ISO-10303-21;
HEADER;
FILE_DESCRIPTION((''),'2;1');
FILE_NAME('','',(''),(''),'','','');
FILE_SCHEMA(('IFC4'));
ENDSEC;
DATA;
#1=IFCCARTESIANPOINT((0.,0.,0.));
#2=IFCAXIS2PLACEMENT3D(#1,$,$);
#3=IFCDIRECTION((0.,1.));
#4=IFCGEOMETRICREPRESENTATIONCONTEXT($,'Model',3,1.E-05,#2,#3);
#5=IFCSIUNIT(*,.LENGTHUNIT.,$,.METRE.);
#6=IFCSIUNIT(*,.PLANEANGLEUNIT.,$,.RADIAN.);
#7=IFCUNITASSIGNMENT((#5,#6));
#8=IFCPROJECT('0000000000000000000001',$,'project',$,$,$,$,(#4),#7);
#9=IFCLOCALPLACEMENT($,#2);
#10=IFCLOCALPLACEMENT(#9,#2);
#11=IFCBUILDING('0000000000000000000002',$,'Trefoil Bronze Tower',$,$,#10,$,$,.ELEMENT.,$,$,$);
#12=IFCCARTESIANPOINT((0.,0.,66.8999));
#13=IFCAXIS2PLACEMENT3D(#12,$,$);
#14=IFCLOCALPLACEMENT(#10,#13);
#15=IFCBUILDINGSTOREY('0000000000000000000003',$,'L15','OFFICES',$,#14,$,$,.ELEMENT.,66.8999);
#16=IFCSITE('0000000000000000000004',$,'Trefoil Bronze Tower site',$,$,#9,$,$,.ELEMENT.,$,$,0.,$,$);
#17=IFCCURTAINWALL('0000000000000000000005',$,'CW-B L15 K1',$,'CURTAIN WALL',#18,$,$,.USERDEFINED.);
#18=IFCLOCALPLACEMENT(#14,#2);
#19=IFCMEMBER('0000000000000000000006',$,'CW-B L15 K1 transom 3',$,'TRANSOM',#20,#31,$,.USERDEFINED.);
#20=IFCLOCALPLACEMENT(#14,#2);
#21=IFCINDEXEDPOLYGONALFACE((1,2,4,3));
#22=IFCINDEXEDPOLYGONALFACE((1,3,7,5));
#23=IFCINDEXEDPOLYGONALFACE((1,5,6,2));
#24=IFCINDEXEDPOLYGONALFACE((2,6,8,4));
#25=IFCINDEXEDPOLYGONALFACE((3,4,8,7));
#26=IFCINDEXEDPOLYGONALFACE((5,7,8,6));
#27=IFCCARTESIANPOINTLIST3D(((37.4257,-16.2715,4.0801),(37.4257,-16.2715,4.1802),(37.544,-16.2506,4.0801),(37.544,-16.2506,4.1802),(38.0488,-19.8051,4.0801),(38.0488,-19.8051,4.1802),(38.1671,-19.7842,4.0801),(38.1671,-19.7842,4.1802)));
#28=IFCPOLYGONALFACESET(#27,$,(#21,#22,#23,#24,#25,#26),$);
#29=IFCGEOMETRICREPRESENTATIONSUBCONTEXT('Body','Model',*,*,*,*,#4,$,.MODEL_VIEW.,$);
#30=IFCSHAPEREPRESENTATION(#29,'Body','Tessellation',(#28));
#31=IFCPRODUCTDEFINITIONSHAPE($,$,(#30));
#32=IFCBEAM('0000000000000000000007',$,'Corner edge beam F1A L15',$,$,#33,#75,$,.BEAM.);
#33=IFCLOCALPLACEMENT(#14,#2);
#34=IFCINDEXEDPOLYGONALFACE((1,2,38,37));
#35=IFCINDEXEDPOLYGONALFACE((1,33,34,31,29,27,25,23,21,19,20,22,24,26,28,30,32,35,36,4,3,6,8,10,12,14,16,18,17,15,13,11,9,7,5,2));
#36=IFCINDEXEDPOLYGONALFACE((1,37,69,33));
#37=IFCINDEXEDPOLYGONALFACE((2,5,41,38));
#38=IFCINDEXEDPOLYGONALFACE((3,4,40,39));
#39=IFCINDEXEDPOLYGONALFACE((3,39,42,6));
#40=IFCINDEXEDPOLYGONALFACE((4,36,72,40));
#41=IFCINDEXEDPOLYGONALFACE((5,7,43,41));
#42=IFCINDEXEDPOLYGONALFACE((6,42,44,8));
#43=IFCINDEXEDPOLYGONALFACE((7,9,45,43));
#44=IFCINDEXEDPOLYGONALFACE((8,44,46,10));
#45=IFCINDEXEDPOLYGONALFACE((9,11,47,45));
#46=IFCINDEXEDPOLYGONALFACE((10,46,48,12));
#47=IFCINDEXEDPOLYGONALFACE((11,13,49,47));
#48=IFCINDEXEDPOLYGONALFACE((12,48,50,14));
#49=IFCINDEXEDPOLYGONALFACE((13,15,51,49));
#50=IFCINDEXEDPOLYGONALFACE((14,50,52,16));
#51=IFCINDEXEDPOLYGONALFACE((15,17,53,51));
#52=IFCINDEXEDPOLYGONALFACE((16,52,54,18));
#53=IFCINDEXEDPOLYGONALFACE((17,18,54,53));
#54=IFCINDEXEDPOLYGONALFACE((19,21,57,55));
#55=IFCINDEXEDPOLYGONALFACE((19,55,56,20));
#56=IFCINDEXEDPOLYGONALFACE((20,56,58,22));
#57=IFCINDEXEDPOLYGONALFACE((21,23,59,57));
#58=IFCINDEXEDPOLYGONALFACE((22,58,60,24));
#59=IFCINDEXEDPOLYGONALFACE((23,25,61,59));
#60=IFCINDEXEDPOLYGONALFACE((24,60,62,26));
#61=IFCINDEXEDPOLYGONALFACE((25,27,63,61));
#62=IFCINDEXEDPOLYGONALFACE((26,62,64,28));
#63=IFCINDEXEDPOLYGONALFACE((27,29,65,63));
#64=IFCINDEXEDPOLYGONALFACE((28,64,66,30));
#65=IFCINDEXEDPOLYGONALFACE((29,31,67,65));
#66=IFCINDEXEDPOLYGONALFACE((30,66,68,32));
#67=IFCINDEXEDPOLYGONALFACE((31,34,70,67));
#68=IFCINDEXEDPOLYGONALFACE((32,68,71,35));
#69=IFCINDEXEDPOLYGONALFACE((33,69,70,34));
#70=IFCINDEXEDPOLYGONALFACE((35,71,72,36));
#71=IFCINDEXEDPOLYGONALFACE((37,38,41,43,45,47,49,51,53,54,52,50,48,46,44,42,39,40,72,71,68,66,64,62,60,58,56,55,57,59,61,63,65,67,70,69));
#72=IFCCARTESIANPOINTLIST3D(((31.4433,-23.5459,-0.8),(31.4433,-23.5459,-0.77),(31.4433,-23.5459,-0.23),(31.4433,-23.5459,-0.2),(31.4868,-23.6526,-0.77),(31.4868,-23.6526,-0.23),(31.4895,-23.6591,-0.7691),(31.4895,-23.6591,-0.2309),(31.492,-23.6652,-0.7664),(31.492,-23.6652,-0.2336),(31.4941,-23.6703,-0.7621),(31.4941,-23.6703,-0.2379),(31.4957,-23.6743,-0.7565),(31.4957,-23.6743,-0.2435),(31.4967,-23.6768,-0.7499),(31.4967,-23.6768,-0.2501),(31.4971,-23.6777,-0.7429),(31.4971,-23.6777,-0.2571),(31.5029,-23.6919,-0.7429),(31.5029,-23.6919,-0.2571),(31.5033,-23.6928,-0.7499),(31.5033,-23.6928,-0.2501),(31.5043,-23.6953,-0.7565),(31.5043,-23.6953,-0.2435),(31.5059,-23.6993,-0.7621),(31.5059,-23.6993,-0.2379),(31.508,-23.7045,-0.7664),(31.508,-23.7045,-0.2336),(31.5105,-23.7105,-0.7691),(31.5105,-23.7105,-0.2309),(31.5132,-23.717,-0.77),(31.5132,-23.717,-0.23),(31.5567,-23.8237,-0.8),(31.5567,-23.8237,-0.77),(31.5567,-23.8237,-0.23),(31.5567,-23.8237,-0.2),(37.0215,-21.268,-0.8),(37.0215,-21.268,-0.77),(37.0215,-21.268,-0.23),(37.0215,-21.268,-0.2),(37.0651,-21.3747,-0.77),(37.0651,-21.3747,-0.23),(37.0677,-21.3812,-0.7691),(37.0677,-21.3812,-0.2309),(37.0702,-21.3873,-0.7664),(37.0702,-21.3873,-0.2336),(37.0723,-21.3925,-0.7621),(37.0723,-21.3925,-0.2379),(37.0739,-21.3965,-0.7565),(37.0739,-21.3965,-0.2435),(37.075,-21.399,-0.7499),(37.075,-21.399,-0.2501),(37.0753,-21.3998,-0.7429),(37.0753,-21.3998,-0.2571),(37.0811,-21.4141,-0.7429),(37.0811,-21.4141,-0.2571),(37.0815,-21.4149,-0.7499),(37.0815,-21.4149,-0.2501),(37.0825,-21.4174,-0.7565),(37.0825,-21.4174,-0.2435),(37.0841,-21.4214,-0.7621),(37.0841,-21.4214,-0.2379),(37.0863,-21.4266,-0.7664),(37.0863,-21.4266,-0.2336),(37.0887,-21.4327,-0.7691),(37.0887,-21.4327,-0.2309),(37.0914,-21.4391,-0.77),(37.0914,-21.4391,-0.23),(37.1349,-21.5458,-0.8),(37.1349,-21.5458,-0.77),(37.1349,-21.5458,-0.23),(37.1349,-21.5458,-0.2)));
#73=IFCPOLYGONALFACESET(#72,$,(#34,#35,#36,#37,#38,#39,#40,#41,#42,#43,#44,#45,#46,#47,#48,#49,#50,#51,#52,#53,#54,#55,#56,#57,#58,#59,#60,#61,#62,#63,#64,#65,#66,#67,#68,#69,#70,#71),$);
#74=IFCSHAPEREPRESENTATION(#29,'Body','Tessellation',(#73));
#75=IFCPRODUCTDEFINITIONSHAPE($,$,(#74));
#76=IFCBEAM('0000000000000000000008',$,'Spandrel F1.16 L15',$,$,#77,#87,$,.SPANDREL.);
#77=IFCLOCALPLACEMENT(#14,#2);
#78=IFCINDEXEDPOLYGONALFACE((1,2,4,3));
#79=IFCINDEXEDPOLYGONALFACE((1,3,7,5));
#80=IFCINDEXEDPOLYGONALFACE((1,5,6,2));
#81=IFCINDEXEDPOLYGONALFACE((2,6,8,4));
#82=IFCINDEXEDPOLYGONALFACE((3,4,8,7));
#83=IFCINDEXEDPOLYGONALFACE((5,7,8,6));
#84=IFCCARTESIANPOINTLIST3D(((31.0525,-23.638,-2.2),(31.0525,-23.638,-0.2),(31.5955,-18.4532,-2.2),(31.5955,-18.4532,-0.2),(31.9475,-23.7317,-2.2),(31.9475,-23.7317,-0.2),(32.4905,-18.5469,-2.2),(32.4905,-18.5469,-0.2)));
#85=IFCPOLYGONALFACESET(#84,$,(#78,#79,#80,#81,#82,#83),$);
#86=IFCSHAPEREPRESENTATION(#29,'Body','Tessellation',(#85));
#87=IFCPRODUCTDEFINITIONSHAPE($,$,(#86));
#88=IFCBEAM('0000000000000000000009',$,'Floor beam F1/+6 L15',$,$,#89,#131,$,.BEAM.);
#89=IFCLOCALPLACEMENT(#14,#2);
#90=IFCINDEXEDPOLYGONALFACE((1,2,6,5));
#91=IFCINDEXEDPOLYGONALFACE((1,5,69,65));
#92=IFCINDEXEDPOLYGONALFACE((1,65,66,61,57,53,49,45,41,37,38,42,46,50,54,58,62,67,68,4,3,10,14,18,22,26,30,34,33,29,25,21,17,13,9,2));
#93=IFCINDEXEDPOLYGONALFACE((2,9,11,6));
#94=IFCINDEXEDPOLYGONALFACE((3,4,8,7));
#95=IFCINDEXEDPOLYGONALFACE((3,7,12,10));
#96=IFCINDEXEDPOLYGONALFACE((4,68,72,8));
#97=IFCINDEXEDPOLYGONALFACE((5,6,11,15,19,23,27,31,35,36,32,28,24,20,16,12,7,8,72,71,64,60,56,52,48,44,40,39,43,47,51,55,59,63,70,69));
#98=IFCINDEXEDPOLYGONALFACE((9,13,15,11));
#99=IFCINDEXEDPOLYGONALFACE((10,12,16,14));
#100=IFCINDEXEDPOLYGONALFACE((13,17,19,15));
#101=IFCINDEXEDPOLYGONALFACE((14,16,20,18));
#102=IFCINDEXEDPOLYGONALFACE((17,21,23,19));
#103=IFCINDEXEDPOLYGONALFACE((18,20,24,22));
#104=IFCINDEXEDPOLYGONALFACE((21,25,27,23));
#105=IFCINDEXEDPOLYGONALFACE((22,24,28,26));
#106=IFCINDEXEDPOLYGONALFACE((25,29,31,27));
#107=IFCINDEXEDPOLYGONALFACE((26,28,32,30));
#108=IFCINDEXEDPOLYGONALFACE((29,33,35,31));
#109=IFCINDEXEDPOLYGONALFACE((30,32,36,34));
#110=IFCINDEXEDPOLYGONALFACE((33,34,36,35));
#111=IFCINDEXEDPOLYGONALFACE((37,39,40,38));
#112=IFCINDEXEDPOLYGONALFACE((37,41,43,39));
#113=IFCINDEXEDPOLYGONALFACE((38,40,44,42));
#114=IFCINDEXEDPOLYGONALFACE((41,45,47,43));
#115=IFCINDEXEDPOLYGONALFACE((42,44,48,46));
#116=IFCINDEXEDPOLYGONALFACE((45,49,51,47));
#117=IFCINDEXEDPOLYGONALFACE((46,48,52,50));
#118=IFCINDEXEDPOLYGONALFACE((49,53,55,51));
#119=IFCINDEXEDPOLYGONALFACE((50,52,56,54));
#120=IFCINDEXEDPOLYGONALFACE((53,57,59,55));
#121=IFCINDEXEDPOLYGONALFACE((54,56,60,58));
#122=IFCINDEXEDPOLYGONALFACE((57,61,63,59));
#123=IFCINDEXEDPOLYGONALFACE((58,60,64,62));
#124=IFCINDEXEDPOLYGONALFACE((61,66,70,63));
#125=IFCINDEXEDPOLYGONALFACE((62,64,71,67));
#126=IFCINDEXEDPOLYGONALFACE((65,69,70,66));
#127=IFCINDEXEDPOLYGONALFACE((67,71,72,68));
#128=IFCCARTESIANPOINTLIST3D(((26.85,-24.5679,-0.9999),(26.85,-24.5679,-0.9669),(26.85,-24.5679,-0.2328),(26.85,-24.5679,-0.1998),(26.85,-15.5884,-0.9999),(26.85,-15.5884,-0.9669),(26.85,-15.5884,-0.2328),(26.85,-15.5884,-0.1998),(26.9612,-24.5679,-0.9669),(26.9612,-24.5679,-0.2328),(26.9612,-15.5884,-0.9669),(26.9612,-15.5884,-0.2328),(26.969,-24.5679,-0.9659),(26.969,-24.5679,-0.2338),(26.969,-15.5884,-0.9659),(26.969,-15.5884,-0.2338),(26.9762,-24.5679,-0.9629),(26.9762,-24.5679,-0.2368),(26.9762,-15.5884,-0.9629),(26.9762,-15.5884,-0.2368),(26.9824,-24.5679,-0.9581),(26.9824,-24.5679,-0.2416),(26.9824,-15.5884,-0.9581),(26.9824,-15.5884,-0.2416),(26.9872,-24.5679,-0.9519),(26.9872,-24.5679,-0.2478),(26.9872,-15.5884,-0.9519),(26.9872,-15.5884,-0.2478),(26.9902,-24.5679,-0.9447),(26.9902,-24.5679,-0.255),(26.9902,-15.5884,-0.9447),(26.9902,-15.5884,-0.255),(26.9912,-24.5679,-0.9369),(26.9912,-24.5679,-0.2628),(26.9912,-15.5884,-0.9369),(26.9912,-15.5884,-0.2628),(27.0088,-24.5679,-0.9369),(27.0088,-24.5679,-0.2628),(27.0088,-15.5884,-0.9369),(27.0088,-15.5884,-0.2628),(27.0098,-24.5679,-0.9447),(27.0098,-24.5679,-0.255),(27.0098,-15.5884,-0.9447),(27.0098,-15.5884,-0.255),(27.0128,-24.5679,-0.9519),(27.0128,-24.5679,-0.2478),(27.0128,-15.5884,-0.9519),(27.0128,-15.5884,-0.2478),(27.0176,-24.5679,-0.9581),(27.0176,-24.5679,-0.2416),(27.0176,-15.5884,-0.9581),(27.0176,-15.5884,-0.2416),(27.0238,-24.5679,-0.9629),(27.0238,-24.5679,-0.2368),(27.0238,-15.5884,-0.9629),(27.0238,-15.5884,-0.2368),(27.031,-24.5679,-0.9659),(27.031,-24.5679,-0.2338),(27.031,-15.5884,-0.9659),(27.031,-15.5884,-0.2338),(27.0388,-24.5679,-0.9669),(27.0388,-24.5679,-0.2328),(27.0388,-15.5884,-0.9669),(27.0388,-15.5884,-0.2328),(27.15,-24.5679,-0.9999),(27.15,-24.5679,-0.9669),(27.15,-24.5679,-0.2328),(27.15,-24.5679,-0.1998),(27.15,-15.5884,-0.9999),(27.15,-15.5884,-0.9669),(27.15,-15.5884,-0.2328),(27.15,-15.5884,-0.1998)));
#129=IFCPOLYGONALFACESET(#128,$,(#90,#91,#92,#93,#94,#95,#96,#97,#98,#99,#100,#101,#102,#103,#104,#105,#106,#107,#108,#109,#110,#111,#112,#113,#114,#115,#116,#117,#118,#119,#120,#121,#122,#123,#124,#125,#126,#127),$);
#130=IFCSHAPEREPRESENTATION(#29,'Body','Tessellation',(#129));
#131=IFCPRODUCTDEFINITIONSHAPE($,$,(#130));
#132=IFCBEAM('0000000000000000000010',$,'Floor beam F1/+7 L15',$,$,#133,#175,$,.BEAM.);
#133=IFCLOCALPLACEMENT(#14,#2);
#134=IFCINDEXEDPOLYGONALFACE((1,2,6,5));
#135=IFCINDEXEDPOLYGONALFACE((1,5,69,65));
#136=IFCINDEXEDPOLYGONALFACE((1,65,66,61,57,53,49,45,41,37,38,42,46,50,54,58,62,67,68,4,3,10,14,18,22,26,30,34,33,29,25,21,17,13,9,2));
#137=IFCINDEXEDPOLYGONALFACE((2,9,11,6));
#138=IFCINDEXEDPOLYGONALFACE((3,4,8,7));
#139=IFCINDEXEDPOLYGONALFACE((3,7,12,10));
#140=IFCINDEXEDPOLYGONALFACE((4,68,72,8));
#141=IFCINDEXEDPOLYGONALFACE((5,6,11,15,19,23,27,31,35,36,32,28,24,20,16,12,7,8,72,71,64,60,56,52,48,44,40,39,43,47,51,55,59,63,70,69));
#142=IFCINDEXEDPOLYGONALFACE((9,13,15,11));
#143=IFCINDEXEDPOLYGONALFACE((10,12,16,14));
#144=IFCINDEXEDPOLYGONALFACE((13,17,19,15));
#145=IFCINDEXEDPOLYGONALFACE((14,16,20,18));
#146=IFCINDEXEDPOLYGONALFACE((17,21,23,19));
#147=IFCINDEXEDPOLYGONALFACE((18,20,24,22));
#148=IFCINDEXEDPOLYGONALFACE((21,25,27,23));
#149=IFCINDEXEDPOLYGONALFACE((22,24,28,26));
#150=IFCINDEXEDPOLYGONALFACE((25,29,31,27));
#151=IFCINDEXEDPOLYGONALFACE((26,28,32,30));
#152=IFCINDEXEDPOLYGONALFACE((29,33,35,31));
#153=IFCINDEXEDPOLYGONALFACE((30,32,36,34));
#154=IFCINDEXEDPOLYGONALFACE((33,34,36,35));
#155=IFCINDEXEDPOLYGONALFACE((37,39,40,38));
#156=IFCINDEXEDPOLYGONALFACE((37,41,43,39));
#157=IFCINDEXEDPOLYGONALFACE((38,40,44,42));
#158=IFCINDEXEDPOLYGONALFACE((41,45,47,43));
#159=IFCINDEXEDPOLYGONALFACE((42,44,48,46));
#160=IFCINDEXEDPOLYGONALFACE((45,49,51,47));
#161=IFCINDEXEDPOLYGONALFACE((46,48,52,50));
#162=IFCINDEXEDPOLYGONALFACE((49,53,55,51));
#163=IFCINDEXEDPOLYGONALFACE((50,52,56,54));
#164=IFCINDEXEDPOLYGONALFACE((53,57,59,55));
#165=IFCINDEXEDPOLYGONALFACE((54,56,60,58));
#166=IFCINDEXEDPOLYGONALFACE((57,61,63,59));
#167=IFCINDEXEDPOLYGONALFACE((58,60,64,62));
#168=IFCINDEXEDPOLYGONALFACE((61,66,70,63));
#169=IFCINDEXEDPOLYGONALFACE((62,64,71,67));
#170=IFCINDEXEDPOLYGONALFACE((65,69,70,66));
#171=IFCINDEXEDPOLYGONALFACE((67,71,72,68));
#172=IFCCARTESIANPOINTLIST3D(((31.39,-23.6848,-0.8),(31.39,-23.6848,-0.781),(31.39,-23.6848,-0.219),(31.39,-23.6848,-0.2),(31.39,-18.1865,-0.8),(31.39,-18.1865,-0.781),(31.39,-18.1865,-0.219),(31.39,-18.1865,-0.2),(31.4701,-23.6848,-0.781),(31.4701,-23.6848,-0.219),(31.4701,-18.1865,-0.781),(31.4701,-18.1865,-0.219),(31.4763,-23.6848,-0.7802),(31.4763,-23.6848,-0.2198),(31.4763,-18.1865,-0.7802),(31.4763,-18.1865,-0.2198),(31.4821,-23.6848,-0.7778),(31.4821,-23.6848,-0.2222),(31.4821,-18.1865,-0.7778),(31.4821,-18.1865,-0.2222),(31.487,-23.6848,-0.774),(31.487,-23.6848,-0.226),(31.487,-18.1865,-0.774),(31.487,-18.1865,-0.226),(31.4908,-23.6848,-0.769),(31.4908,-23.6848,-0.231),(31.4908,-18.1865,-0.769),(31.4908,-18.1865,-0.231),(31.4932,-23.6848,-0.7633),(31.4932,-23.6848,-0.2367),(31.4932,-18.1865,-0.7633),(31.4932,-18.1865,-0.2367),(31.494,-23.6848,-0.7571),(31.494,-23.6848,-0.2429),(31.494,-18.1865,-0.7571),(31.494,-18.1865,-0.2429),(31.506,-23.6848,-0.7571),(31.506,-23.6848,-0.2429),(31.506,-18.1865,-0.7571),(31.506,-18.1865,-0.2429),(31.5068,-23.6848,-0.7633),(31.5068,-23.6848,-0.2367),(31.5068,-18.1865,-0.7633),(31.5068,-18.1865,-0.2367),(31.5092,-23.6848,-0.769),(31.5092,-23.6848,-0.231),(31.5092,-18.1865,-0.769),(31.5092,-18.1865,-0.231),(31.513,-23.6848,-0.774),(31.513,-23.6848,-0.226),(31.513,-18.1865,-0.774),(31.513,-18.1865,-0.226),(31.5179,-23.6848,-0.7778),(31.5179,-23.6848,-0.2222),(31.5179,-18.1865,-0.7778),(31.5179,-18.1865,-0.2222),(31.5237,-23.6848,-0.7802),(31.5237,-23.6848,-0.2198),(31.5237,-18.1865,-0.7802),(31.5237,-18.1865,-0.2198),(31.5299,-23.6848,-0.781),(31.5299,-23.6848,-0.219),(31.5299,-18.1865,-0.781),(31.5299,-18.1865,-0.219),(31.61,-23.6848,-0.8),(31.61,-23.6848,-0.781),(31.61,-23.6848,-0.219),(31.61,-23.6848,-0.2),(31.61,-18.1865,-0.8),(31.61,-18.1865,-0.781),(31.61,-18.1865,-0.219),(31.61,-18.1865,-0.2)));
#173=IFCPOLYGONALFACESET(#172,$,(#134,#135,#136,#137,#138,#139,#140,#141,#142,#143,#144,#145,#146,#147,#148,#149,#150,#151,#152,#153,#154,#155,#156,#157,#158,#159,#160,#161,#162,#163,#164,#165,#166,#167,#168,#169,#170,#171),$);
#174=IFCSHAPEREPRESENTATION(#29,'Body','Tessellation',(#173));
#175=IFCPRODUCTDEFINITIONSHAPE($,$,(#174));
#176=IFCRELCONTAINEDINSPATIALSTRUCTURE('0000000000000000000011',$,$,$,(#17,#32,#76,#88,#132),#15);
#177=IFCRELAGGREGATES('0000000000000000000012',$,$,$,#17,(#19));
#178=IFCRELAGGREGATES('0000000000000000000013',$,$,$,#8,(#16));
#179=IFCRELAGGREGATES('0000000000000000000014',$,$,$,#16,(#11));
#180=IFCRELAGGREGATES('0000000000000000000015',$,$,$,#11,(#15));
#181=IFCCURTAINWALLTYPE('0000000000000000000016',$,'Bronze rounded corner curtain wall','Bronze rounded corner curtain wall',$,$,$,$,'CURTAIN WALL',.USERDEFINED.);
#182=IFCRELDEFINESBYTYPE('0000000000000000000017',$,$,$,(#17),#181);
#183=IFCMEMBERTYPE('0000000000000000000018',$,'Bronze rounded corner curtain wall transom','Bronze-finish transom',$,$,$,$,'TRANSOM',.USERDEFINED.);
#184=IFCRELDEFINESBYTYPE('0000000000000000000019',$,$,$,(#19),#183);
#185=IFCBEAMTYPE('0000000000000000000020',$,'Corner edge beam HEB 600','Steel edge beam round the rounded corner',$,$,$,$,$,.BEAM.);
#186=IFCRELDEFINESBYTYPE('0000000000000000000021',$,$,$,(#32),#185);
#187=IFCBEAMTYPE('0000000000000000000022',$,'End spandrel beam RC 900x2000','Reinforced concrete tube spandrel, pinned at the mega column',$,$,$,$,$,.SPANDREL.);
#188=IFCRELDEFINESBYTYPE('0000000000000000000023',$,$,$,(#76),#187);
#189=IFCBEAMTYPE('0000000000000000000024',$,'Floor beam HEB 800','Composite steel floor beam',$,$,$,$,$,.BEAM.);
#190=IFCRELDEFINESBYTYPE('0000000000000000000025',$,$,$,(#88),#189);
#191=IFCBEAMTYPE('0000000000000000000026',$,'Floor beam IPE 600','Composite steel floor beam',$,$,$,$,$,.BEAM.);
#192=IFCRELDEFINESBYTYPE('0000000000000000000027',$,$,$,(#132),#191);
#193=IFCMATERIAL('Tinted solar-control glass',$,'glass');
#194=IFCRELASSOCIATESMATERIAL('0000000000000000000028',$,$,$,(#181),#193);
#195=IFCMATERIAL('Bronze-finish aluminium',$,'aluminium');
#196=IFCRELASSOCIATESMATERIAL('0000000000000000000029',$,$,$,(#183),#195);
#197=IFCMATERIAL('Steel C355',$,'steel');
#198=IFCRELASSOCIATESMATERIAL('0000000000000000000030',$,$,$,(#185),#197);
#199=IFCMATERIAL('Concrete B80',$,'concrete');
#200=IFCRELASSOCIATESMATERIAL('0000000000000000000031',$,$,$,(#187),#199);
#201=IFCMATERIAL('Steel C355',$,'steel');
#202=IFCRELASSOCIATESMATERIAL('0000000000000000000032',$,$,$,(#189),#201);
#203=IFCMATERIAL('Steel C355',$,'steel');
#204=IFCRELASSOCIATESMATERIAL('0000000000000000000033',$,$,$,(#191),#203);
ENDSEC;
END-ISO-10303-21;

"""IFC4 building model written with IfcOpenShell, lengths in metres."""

from ifc_helpers import new_model, si_unit, direction, frame, origin, origin_2d, place, context, subcontext, project, spatial, rectangle, i_section, extrude, material, material_profile, profile_set, type_object, element, aggregate, save


model = new_model("IFC4")

# Units and contexts
model_context = context("Model", 3, precision=1e-05, world=origin(), true_north=direction((0.0, 1.0)))
body_context = subcontext(model_context, "Body", "Model", "MODEL_VIEW")
ifc_project = project(units=[si_unit("LENGTHUNIT", "METRE"), si_unit("PLANEANGLEUNIT", "RADIAN")], contexts=[model_context])

# Site, building, storey
site_placement = place(None, origin())
site = spatial("IfcSite", under=ifc_project, at=site_placement, Name="Trefoil Bronze Tower site", CompositionType="ELEMENT", RefElevation=0.0)
building_placement = place(site_placement, origin())
building = spatial("IfcBuilding", under=site, at=building_placement, Name="Trefoil Bronze Tower", CompositionType="ELEMENT")
storey_placement = place(building_placement, frame((0.0, 0.0, 66.8999)))
storey = spatial("IfcBuildingStorey", under=building, at=storey_placement, Name="L15", Description="OFFICES", CompositionType="ELEMENT", Elevation=66.8999)

# Curtain wall, member
ifc_material_1 = material(Name="Tinted solar-control glass", Category="glass")
curtain_wall_type_1 = type_object("IfcCurtainWallType", Name="Bronze rounded corner curtain wall", Description="Bronze rounded corner curtain wall", ElementType="CURTAIN WALL", PredefinedType="USERDEFINED", material=ifc_material_1)
curtain_wall_1_placement = place(storey_placement, origin())
curtain_wall_1 = element("IfcCurtainWall", 1, at=curtain_wall_1_placement, inside=storey, type_object=curtain_wall_type_1, Name="CW-B L15 K1", ObjectType="CURTAIN WALL", PredefinedType="USERDEFINED")
ifc_material_2 = material(Name="Bronze-finish aluminium", Category="aluminium")
ifc_material_profile_1 = material_profile(ifc_material_2, rectangle(XDim=0.1201, YDim=0.1001, at=origin_2d()), Name="CW-B transom")
ifc_profile_set_1 = profile_set([ifc_material_profile_1], Name="Bronze-finish aluminium")
member_type_1 = type_object("IfcMemberType", Name="Bronze rounded corner curtain wall transom", Description="Bronze-finish transom", ElementType="TRANSOM", PredefinedType="USERDEFINED", material=ifc_profile_set_1)
member_1_placement = place(storey_placement, frame((38.1079, -19.7947, 4.1301), z_axis=(-0.173638, 0.98481, 0.0), x_axis=(-0.98481, -0.173638, 0.0)))
member_1 = element("IfcMember", 2, at=member_1_placement, type_object=member_type_1, Name="CW-B L15 K1 transom 3", ObjectType="TRANSOM", PredefinedType="USERDEFINED", context=body_context, shape_type="SweptSolid", body=[
    extrude(rectangle(XDim=0.1201, YDim=0.1001, at=origin_2d()), origin(), (0.0, 0.0, 1.0), 3.5881),
])

# Beams
ifc_material_3 = material(Name="Steel C355", Category="steel")
ifc_material_profile_2 = material_profile(ifc_material_3, i_section(OverallWidth=0.3, OverallDepth=0.6001, WebThickness=0.0154, FlangeThickness=0.03, FilletRadius=0.0271, at=origin_2d()), Name="HEB 600")
ifc_profile_set_2 = profile_set([ifc_material_profile_2], Name="Steel C355")
beam_type_1 = type_object("IfcBeamType", Name="Corner edge beam HEB 600", Description="Steel edge beam round the rounded corner", PredefinedType="BEAM", material=ifc_profile_set_2)
beam_1_placement = place(storey_placement, frame((31.5, -23.6848, -0.5), z_axis=(0.925787, 0.378046, 0.0), x_axis=(-0.378046, 0.925787, 0.0)))
element("IfcBeam", 3, at=beam_1_placement, inside=storey, type_object=beam_type_1, Name="Corner edge beam F1A L15", PredefinedType="BEAM", context=body_context, shape_type="SweptSolid", body=[
    extrude(i_section(OverallWidth=0.3, OverallDepth=0.6001, WebThickness=0.0154, FlangeThickness=0.03, FilletRadius=0.0271, at=origin_2d()), origin(), (0.0, 0.0, 1.0), 6.0254),
])
ifc_material_4 = material(Name="Concrete B80", Category="concrete")
ifc_material_profile_3 = material_profile(ifc_material_4, rectangle(XDim=0.8999, YDim=2.0, at=origin_2d()), Name="RC 900x2000")
ifc_profile_set_3 = profile_set([ifc_material_profile_3], Name="Concrete B80")
beam_type_2 = type_object("IfcBeamType", Name="End spandrel beam RC 900x2000", Description="Reinforced concrete tube spandrel, pinned at the mega column", PredefinedType="SPANDREL", material=ifc_profile_set_3)
beam_2_placement = place(storey_placement, frame((31.5, -23.6848, -1.2), z_axis=(0.104153, 0.994561, 0.0), x_axis=(-0.994561, 0.104153, 0.0)))
element("IfcBeam", 4, at=beam_2_placement, inside=storey, type_object=beam_type_2, Name="Spandrel F1.16 L15", PredefinedType="SPANDREL", context=body_context, shape_type="SweptSolid", body=[
    extrude(rectangle(XDim=0.8999, YDim=2.0, at=origin_2d()), origin(), (0.0, 0.0, 1.0), 5.2131),
])
ifc_material_5 = material(Name="Steel C355", Category="steel")
ifc_material_profile_4 = material_profile(ifc_material_5, i_section(OverallWidth=0.3, OverallDepth=0.8, WebThickness=0.0176, FlangeThickness=0.033, FilletRadius=0.03, at=origin_2d()), Name="HEB 800")
ifc_profile_set_4 = profile_set([ifc_material_profile_4], Name="Steel C355")
beam_type_3 = type_object("IfcBeamType", Name="Floor beam HEB 800", Description="Composite steel floor beam", PredefinedType="BEAM", material=ifc_profile_set_4)
beam_3_placement = place(storey_placement, frame((27.0, -24.5679, -0.5999), z_axis=(0.0, 1.0, 0.0), x_axis=(-1.0, 0.0, 0.0)))
element("IfcBeam", 5, at=beam_3_placement, inside=storey, type_object=beam_type_3, Name="Floor beam F1/+6 L15", PredefinedType="BEAM", context=body_context, shape_type="SweptSolid", body=[
    extrude(i_section(OverallWidth=0.3, OverallDepth=0.8, WebThickness=0.0176, FlangeThickness=0.033, FilletRadius=0.03, at=origin_2d()), origin(), (0.0, 0.0, 1.0), 8.9795),
])
ifc_material_6 = material(Name="Steel C355", Category="steel")
ifc_material_profile_5 = material_profile(ifc_material_6, i_section(OverallWidth=0.22, OverallDepth=0.6001, WebThickness=0.012, FlangeThickness=0.019, FilletRadius=0.0239, at=origin_2d()), Name="IPE 600")
ifc_profile_set_5 = profile_set([ifc_material_profile_5], Name="Steel C355")
beam_type_4 = type_object("IfcBeamType", Name="Floor beam IPE 600", Description="Composite steel floor beam", PredefinedType="BEAM", material=ifc_profile_set_5)
beam_4_placement = place(storey_placement, frame((31.5, -23.6848, -0.5), z_axis=(0.0, 1.0, 0.0), x_axis=(-1.0, 0.0, 0.0)))
element("IfcBeam", 6, at=beam_4_placement, inside=storey, type_object=beam_type_4, Name="Floor beam F1/+7 L15", PredefinedType="BEAM", context=body_context, shape_type="SweptSolid", body=[
    extrude(i_section(OverallWidth=0.22, OverallDepth=0.6001, WebThickness=0.012, FlangeThickness=0.019, FilletRadius=0.0239, at=origin_2d()), origin(), (0.0, 0.0, 1.0), 5.4983),
])

aggregate(curtain_wall_1, [member_1])

save(model, "model.ifc")
